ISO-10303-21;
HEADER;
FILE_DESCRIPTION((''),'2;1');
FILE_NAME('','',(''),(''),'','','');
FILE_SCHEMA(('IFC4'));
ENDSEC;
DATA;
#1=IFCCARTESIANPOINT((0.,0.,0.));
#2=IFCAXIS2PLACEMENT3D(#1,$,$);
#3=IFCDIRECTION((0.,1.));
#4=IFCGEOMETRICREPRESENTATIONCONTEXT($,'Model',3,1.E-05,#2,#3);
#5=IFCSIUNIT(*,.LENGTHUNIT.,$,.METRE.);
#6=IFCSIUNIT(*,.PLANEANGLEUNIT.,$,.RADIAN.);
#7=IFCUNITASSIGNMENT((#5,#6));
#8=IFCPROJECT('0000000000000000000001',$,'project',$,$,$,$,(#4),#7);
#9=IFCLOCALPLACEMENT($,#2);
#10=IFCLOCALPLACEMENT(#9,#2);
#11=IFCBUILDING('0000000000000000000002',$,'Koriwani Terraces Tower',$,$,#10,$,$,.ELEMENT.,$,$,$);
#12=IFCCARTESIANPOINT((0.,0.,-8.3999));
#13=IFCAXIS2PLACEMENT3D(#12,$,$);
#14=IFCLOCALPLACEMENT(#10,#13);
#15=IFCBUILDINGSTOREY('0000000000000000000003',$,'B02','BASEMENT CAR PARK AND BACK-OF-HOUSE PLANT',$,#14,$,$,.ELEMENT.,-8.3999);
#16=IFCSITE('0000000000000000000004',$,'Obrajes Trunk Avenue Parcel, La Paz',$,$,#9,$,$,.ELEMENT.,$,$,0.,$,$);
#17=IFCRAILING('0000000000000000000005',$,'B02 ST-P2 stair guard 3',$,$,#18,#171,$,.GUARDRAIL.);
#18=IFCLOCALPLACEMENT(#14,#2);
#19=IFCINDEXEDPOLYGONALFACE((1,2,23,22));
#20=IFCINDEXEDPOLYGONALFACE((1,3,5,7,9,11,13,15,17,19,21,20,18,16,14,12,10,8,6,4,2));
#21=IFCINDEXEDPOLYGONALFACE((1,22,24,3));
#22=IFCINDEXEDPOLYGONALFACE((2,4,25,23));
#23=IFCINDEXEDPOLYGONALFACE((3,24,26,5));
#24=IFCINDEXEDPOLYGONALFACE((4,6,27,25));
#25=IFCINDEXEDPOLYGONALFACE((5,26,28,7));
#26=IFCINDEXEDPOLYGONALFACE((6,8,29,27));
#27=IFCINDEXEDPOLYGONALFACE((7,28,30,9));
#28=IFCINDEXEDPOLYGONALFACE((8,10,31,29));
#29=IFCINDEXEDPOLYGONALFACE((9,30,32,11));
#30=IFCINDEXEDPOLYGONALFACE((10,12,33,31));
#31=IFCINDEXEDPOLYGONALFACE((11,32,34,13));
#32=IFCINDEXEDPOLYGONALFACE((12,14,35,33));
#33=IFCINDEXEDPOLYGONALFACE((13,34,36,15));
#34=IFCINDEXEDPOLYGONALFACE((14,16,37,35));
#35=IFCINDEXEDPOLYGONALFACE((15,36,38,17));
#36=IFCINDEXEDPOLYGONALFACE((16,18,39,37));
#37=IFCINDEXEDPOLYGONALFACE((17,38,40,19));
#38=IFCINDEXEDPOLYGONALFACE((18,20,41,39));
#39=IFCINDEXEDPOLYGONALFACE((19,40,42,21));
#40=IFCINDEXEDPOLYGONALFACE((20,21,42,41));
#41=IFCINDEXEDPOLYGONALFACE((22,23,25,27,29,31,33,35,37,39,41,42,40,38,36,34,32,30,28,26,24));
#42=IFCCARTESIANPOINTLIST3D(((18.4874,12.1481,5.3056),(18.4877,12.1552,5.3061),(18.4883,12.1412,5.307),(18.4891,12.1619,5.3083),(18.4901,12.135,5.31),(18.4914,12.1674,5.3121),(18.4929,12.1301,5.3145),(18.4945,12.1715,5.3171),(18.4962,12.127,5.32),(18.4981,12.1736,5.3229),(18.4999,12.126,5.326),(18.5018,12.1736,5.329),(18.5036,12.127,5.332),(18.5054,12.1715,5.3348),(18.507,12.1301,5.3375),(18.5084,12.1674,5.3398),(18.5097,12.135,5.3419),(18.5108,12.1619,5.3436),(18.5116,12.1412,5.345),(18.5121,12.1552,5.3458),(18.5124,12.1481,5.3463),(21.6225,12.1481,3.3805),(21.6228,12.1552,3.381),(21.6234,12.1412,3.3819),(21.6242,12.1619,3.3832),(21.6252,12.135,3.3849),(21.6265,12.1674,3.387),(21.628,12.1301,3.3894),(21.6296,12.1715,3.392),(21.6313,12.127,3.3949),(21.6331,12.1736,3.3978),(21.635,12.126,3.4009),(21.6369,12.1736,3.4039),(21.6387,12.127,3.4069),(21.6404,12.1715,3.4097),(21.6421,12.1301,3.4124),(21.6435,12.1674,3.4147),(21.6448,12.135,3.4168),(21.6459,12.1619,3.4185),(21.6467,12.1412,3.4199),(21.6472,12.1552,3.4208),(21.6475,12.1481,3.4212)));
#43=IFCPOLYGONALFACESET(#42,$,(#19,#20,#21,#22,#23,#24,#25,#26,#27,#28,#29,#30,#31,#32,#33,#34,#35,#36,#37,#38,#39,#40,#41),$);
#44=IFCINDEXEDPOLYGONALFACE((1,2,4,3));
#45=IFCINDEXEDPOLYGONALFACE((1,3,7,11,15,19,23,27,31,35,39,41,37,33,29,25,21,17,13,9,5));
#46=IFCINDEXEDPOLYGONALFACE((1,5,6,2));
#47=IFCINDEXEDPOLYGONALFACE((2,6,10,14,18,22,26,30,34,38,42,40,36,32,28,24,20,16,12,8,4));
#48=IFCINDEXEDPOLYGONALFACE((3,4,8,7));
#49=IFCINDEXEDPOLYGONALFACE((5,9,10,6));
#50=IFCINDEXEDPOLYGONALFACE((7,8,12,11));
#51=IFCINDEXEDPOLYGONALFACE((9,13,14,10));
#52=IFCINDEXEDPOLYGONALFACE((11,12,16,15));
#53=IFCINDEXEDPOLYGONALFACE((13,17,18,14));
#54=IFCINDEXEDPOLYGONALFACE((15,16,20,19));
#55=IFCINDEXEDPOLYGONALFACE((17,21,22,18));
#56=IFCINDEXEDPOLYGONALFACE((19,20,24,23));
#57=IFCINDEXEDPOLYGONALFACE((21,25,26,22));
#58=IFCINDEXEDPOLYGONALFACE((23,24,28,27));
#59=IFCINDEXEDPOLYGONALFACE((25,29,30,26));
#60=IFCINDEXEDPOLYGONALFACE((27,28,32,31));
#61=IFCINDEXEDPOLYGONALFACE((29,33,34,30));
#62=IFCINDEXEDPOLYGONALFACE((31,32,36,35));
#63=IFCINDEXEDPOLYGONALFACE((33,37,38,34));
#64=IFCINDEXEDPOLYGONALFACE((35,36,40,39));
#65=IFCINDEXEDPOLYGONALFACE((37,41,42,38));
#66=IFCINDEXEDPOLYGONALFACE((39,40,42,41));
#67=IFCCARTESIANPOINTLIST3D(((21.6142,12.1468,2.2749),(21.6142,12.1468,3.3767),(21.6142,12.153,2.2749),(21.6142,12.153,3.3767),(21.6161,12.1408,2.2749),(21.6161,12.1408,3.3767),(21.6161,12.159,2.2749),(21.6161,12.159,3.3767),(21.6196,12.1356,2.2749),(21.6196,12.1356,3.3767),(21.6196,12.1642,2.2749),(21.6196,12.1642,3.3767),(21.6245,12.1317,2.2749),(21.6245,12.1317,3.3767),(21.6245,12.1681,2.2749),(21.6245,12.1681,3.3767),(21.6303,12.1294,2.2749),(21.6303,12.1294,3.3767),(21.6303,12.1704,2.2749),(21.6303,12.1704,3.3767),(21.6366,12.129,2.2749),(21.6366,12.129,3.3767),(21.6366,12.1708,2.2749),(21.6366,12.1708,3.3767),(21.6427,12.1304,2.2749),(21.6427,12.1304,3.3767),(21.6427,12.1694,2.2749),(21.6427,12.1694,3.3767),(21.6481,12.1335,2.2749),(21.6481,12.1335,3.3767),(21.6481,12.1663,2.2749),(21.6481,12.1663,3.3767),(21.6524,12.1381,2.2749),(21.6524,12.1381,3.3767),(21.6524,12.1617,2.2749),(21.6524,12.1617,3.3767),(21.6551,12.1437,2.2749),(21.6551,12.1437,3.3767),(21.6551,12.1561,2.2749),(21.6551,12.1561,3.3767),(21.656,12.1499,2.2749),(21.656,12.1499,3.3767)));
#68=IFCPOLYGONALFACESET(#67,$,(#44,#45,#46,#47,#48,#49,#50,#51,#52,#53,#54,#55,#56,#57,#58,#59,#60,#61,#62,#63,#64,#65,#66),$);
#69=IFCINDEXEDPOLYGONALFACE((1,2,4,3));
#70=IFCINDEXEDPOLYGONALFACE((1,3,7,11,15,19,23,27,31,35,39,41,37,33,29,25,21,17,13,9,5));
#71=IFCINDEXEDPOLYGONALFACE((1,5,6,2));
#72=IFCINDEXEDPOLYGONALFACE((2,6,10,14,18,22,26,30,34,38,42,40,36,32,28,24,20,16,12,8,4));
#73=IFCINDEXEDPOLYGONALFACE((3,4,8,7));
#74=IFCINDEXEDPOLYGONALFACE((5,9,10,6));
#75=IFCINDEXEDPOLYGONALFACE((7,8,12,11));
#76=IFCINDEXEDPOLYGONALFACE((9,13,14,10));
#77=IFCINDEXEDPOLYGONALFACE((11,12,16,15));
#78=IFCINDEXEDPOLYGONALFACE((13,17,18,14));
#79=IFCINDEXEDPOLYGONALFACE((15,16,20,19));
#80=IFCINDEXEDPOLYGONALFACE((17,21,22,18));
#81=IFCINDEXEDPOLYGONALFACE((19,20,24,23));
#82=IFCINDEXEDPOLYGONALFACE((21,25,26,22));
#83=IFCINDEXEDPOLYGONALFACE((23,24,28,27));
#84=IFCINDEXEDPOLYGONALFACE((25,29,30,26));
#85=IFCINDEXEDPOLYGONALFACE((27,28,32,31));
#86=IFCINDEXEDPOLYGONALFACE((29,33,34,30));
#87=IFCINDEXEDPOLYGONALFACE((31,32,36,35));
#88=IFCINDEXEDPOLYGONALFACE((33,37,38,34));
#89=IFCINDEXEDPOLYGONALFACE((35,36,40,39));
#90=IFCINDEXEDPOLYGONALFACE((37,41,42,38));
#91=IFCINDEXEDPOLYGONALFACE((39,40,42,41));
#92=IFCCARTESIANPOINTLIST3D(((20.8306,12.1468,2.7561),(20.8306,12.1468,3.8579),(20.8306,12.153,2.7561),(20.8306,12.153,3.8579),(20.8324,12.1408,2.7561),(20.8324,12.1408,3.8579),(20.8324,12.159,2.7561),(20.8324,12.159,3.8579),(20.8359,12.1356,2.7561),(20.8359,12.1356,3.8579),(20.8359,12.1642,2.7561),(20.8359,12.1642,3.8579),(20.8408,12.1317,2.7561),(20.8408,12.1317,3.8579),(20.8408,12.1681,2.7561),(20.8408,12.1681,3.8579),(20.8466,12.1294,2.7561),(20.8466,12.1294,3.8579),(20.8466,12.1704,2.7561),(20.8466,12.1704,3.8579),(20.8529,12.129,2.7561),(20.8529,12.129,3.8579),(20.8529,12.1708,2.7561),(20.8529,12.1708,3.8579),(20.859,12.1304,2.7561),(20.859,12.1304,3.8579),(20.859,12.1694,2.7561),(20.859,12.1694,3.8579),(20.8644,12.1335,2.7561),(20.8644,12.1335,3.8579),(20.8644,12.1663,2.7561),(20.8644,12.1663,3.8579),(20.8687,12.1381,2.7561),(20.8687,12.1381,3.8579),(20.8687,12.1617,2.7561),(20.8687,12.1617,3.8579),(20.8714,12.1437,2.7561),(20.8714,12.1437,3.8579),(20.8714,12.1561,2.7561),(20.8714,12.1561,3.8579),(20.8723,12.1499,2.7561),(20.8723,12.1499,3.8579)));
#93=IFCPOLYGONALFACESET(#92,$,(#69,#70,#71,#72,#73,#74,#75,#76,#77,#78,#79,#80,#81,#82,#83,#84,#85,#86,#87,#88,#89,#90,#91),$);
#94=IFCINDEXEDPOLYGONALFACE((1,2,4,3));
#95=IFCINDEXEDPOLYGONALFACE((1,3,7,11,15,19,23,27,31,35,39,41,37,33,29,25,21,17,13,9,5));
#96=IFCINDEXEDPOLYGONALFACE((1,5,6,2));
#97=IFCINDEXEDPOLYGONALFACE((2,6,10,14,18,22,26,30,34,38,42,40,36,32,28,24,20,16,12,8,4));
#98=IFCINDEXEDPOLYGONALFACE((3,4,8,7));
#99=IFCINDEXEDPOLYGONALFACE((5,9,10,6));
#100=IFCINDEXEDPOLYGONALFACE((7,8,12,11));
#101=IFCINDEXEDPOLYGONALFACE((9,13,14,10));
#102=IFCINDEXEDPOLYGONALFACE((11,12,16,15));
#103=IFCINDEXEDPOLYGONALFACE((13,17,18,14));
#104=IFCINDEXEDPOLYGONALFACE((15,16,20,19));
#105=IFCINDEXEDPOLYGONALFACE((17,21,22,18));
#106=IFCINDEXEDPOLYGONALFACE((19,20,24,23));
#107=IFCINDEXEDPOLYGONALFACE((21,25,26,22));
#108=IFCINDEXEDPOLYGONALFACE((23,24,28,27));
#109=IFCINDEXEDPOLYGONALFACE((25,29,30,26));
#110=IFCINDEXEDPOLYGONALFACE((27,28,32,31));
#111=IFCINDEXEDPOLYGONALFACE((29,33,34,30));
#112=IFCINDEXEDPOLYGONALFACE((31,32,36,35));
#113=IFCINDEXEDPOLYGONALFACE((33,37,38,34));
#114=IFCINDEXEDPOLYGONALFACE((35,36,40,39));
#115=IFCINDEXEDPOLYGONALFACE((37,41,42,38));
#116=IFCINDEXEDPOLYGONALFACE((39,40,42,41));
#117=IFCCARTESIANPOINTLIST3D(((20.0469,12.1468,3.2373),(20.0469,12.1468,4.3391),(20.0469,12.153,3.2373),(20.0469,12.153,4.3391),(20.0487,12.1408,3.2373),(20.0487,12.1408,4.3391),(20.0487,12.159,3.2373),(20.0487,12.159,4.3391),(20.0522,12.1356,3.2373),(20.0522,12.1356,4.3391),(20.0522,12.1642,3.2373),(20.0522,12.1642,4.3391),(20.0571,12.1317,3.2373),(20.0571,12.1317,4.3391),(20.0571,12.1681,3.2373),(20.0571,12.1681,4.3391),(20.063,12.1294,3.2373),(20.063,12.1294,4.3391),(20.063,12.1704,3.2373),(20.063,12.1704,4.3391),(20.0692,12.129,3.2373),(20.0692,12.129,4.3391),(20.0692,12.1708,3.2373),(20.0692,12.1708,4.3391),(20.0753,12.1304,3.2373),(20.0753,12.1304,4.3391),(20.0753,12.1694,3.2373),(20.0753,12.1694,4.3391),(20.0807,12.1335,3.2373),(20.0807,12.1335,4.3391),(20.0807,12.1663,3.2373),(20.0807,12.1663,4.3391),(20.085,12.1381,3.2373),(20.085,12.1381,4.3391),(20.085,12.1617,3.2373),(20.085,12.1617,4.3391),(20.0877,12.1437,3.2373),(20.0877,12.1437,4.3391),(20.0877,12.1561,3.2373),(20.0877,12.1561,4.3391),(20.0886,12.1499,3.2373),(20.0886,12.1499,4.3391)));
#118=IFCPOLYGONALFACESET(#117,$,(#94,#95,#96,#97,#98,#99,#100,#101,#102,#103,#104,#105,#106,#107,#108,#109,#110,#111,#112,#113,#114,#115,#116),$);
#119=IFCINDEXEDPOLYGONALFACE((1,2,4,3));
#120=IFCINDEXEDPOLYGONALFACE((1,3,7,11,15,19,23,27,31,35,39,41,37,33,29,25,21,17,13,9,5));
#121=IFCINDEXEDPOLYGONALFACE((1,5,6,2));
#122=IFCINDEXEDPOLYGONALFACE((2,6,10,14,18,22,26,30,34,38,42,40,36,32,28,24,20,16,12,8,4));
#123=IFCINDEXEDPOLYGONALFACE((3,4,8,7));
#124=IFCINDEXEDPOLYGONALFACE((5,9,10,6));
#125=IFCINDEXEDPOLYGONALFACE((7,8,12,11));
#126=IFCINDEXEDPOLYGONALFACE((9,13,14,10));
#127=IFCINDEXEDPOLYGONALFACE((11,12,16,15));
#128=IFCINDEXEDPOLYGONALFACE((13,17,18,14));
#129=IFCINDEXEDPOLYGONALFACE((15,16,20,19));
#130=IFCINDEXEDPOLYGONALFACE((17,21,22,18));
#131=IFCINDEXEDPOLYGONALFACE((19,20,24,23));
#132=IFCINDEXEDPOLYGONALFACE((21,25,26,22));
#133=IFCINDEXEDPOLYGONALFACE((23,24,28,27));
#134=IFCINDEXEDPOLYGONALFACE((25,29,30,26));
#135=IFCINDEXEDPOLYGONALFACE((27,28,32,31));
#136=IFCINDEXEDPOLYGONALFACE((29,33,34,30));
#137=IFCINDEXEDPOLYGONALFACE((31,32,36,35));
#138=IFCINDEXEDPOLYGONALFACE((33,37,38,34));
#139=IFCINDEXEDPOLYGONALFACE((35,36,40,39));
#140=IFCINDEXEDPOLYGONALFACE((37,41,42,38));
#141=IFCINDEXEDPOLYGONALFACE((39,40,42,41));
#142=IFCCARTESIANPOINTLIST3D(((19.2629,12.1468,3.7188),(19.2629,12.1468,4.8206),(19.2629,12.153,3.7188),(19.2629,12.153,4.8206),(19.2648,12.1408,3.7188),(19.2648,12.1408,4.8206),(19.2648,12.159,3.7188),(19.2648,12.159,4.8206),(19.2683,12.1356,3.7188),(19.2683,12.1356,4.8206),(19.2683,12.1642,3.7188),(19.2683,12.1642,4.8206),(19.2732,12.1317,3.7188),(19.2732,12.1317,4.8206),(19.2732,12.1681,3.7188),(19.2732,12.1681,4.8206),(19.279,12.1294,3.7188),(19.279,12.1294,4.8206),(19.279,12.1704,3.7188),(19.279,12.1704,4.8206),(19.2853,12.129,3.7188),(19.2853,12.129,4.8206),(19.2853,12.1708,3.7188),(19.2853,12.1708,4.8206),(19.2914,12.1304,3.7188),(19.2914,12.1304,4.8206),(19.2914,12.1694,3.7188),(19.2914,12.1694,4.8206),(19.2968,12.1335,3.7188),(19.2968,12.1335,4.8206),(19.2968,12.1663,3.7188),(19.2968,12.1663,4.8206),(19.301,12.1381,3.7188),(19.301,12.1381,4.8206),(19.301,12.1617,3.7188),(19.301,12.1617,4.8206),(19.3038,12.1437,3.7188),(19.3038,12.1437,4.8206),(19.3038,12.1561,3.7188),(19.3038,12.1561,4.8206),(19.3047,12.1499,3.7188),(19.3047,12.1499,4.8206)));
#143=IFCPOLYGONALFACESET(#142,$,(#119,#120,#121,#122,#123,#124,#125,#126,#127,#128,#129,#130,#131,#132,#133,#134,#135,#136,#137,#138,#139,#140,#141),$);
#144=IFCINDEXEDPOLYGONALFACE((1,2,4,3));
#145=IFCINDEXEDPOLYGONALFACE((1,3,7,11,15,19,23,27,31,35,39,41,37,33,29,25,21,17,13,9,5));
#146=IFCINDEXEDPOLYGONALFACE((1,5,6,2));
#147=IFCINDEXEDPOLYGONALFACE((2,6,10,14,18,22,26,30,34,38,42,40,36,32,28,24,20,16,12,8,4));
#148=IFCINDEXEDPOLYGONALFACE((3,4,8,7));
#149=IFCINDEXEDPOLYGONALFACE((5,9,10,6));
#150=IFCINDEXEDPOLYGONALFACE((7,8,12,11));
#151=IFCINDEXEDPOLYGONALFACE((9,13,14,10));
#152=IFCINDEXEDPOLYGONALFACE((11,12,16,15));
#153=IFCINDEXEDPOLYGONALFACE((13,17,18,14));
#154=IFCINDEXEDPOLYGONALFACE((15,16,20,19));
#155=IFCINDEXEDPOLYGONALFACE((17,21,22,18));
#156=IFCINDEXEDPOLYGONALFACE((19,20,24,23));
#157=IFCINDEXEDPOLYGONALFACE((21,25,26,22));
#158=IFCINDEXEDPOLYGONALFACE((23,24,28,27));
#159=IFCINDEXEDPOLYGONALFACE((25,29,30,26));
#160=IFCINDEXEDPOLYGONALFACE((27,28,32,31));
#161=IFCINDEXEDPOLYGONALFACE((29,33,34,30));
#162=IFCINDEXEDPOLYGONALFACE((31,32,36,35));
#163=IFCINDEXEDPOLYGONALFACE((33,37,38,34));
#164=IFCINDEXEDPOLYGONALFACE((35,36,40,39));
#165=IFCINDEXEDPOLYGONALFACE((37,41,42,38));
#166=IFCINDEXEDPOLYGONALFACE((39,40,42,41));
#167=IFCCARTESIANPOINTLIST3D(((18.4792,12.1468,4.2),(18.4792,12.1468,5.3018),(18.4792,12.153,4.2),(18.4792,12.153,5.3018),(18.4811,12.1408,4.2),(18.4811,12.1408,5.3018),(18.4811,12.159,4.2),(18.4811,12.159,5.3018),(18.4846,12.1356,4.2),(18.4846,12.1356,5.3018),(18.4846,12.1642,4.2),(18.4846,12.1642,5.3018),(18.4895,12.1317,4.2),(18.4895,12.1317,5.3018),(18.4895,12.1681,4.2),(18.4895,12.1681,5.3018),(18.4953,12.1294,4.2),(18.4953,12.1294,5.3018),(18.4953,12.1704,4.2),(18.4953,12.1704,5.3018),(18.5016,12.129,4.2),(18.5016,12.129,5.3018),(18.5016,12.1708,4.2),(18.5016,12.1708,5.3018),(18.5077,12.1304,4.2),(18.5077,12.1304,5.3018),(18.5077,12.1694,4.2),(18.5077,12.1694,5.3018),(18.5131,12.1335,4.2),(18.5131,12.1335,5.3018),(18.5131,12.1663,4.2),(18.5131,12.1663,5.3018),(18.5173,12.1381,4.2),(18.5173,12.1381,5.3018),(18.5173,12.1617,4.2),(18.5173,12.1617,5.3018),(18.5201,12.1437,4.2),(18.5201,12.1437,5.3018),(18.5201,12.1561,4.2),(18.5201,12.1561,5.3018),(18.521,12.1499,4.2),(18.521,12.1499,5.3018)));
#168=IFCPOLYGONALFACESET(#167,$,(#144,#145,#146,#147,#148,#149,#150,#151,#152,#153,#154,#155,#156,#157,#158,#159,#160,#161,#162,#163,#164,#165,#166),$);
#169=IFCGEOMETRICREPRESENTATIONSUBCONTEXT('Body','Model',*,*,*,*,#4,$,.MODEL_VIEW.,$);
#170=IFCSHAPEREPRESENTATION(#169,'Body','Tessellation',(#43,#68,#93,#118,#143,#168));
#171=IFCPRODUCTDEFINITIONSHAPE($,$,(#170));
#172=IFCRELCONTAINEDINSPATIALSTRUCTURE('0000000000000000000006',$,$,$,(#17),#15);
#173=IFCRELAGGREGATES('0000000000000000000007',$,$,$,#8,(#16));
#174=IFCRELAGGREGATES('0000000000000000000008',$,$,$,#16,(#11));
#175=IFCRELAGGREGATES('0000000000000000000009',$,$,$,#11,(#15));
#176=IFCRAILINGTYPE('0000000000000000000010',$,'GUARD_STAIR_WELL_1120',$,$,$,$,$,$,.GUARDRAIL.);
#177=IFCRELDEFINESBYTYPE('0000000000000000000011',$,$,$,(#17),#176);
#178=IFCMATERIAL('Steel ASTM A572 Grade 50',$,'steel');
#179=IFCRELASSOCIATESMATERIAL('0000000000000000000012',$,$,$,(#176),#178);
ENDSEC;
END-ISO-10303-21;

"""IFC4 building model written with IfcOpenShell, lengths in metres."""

from ifc_helpers import new_model, si_unit, direction, frame, origin, origin_2d, place, context, subcontext, project, spatial, circle, extrude, material, type_object, element, save


model = new_model("IFC4")

# Units and contexts
model_context = context("Model", 3, precision=1e-05, world=origin(), true_north=direction((0.0, 1.0)))
body_context = subcontext(model_context, "Body", "Model", "MODEL_VIEW")
ifc_project = project(units=[si_unit("LENGTHUNIT", "METRE"), si_unit("PLANEANGLEUNIT", "RADIAN")], contexts=[model_context])

# Site, building, storey
site_placement = place(None, origin())
site = spatial("IfcSite", under=ifc_project, at=site_placement, Name="Obrajes Trunk Avenue Parcel, La Paz", CompositionType="ELEMENT", RefElevation=0.0)
building_placement = place(site_placement, origin())
building = spatial("IfcBuilding", under=site, at=building_placement, Name="Koriwani Terraces Tower", CompositionType="ELEMENT")
storey_placement = place(building_placement, frame((0.0, 0.0, -8.3999)))
storey = spatial("IfcBuildingStorey", under=building, at=storey_placement, Name="B02", Description="BASEMENT CAR PARK AND BACK-OF-HOUSE PLANT", CompositionType="ELEMENT", Elevation=-8.3999)

# Shared definitions
ifc_material_1 = material(Name="Steel ASTM A572 Grade 50", Category="steel")

# Railing
railing_type_1 = type_object("IfcRailingType", Name="GUARD_STAIR_WELL_1120", PredefinedType="GUARDRAIL", material=ifc_material_1)
railing_1_placement = place(storey_placement, frame((21.635, 12.1499, 2.2749)))
element("IfcRailing", 1, at=railing_1_placement, inside=storey, type_object=railing_type_1, Name="B02 ST-P2 stair guard 3", PredefinedType="GUARDRAIL", context=body_context, shape_type="SweptSolid", body=[
    extrude(circle(Radius=0.0239, at=origin_2d()), frame((0.0, 0.0, 1.126), z_axis=(-0.852166, 0.0, 0.523271), x_axis=(0.0, -1.0, 0.0)), (0.0, 0.0, 1.0), 3.679),
    extrude(circle(Radius=0.021, at=origin_2d()), origin(), (0.0, 0.0, 1.0), 1.1018),
    extrude(circle(Radius=0.021, at=origin_2d()), frame((-0.7837, 0.0, 0.4812)), (0.0, 0.0, 1.0), 1.1018),
    extrude(circle(Radius=0.021, at=origin_2d()), frame((-1.5674, 0.0, 0.9624)), (0.0, 0.0, 1.0), 1.1018),
    extrude(circle(Radius=0.021, at=origin_2d()), frame((-2.3513, 0.0, 1.4438)), (0.0, 0.0, 1.0), 1.1018),
    extrude(circle(Radius=0.021, at=origin_2d()), frame((-3.135, 0.0, 1.925)), (0.0, 0.0, 1.0), 1.1018),
])

save(model, "model.ifc")
